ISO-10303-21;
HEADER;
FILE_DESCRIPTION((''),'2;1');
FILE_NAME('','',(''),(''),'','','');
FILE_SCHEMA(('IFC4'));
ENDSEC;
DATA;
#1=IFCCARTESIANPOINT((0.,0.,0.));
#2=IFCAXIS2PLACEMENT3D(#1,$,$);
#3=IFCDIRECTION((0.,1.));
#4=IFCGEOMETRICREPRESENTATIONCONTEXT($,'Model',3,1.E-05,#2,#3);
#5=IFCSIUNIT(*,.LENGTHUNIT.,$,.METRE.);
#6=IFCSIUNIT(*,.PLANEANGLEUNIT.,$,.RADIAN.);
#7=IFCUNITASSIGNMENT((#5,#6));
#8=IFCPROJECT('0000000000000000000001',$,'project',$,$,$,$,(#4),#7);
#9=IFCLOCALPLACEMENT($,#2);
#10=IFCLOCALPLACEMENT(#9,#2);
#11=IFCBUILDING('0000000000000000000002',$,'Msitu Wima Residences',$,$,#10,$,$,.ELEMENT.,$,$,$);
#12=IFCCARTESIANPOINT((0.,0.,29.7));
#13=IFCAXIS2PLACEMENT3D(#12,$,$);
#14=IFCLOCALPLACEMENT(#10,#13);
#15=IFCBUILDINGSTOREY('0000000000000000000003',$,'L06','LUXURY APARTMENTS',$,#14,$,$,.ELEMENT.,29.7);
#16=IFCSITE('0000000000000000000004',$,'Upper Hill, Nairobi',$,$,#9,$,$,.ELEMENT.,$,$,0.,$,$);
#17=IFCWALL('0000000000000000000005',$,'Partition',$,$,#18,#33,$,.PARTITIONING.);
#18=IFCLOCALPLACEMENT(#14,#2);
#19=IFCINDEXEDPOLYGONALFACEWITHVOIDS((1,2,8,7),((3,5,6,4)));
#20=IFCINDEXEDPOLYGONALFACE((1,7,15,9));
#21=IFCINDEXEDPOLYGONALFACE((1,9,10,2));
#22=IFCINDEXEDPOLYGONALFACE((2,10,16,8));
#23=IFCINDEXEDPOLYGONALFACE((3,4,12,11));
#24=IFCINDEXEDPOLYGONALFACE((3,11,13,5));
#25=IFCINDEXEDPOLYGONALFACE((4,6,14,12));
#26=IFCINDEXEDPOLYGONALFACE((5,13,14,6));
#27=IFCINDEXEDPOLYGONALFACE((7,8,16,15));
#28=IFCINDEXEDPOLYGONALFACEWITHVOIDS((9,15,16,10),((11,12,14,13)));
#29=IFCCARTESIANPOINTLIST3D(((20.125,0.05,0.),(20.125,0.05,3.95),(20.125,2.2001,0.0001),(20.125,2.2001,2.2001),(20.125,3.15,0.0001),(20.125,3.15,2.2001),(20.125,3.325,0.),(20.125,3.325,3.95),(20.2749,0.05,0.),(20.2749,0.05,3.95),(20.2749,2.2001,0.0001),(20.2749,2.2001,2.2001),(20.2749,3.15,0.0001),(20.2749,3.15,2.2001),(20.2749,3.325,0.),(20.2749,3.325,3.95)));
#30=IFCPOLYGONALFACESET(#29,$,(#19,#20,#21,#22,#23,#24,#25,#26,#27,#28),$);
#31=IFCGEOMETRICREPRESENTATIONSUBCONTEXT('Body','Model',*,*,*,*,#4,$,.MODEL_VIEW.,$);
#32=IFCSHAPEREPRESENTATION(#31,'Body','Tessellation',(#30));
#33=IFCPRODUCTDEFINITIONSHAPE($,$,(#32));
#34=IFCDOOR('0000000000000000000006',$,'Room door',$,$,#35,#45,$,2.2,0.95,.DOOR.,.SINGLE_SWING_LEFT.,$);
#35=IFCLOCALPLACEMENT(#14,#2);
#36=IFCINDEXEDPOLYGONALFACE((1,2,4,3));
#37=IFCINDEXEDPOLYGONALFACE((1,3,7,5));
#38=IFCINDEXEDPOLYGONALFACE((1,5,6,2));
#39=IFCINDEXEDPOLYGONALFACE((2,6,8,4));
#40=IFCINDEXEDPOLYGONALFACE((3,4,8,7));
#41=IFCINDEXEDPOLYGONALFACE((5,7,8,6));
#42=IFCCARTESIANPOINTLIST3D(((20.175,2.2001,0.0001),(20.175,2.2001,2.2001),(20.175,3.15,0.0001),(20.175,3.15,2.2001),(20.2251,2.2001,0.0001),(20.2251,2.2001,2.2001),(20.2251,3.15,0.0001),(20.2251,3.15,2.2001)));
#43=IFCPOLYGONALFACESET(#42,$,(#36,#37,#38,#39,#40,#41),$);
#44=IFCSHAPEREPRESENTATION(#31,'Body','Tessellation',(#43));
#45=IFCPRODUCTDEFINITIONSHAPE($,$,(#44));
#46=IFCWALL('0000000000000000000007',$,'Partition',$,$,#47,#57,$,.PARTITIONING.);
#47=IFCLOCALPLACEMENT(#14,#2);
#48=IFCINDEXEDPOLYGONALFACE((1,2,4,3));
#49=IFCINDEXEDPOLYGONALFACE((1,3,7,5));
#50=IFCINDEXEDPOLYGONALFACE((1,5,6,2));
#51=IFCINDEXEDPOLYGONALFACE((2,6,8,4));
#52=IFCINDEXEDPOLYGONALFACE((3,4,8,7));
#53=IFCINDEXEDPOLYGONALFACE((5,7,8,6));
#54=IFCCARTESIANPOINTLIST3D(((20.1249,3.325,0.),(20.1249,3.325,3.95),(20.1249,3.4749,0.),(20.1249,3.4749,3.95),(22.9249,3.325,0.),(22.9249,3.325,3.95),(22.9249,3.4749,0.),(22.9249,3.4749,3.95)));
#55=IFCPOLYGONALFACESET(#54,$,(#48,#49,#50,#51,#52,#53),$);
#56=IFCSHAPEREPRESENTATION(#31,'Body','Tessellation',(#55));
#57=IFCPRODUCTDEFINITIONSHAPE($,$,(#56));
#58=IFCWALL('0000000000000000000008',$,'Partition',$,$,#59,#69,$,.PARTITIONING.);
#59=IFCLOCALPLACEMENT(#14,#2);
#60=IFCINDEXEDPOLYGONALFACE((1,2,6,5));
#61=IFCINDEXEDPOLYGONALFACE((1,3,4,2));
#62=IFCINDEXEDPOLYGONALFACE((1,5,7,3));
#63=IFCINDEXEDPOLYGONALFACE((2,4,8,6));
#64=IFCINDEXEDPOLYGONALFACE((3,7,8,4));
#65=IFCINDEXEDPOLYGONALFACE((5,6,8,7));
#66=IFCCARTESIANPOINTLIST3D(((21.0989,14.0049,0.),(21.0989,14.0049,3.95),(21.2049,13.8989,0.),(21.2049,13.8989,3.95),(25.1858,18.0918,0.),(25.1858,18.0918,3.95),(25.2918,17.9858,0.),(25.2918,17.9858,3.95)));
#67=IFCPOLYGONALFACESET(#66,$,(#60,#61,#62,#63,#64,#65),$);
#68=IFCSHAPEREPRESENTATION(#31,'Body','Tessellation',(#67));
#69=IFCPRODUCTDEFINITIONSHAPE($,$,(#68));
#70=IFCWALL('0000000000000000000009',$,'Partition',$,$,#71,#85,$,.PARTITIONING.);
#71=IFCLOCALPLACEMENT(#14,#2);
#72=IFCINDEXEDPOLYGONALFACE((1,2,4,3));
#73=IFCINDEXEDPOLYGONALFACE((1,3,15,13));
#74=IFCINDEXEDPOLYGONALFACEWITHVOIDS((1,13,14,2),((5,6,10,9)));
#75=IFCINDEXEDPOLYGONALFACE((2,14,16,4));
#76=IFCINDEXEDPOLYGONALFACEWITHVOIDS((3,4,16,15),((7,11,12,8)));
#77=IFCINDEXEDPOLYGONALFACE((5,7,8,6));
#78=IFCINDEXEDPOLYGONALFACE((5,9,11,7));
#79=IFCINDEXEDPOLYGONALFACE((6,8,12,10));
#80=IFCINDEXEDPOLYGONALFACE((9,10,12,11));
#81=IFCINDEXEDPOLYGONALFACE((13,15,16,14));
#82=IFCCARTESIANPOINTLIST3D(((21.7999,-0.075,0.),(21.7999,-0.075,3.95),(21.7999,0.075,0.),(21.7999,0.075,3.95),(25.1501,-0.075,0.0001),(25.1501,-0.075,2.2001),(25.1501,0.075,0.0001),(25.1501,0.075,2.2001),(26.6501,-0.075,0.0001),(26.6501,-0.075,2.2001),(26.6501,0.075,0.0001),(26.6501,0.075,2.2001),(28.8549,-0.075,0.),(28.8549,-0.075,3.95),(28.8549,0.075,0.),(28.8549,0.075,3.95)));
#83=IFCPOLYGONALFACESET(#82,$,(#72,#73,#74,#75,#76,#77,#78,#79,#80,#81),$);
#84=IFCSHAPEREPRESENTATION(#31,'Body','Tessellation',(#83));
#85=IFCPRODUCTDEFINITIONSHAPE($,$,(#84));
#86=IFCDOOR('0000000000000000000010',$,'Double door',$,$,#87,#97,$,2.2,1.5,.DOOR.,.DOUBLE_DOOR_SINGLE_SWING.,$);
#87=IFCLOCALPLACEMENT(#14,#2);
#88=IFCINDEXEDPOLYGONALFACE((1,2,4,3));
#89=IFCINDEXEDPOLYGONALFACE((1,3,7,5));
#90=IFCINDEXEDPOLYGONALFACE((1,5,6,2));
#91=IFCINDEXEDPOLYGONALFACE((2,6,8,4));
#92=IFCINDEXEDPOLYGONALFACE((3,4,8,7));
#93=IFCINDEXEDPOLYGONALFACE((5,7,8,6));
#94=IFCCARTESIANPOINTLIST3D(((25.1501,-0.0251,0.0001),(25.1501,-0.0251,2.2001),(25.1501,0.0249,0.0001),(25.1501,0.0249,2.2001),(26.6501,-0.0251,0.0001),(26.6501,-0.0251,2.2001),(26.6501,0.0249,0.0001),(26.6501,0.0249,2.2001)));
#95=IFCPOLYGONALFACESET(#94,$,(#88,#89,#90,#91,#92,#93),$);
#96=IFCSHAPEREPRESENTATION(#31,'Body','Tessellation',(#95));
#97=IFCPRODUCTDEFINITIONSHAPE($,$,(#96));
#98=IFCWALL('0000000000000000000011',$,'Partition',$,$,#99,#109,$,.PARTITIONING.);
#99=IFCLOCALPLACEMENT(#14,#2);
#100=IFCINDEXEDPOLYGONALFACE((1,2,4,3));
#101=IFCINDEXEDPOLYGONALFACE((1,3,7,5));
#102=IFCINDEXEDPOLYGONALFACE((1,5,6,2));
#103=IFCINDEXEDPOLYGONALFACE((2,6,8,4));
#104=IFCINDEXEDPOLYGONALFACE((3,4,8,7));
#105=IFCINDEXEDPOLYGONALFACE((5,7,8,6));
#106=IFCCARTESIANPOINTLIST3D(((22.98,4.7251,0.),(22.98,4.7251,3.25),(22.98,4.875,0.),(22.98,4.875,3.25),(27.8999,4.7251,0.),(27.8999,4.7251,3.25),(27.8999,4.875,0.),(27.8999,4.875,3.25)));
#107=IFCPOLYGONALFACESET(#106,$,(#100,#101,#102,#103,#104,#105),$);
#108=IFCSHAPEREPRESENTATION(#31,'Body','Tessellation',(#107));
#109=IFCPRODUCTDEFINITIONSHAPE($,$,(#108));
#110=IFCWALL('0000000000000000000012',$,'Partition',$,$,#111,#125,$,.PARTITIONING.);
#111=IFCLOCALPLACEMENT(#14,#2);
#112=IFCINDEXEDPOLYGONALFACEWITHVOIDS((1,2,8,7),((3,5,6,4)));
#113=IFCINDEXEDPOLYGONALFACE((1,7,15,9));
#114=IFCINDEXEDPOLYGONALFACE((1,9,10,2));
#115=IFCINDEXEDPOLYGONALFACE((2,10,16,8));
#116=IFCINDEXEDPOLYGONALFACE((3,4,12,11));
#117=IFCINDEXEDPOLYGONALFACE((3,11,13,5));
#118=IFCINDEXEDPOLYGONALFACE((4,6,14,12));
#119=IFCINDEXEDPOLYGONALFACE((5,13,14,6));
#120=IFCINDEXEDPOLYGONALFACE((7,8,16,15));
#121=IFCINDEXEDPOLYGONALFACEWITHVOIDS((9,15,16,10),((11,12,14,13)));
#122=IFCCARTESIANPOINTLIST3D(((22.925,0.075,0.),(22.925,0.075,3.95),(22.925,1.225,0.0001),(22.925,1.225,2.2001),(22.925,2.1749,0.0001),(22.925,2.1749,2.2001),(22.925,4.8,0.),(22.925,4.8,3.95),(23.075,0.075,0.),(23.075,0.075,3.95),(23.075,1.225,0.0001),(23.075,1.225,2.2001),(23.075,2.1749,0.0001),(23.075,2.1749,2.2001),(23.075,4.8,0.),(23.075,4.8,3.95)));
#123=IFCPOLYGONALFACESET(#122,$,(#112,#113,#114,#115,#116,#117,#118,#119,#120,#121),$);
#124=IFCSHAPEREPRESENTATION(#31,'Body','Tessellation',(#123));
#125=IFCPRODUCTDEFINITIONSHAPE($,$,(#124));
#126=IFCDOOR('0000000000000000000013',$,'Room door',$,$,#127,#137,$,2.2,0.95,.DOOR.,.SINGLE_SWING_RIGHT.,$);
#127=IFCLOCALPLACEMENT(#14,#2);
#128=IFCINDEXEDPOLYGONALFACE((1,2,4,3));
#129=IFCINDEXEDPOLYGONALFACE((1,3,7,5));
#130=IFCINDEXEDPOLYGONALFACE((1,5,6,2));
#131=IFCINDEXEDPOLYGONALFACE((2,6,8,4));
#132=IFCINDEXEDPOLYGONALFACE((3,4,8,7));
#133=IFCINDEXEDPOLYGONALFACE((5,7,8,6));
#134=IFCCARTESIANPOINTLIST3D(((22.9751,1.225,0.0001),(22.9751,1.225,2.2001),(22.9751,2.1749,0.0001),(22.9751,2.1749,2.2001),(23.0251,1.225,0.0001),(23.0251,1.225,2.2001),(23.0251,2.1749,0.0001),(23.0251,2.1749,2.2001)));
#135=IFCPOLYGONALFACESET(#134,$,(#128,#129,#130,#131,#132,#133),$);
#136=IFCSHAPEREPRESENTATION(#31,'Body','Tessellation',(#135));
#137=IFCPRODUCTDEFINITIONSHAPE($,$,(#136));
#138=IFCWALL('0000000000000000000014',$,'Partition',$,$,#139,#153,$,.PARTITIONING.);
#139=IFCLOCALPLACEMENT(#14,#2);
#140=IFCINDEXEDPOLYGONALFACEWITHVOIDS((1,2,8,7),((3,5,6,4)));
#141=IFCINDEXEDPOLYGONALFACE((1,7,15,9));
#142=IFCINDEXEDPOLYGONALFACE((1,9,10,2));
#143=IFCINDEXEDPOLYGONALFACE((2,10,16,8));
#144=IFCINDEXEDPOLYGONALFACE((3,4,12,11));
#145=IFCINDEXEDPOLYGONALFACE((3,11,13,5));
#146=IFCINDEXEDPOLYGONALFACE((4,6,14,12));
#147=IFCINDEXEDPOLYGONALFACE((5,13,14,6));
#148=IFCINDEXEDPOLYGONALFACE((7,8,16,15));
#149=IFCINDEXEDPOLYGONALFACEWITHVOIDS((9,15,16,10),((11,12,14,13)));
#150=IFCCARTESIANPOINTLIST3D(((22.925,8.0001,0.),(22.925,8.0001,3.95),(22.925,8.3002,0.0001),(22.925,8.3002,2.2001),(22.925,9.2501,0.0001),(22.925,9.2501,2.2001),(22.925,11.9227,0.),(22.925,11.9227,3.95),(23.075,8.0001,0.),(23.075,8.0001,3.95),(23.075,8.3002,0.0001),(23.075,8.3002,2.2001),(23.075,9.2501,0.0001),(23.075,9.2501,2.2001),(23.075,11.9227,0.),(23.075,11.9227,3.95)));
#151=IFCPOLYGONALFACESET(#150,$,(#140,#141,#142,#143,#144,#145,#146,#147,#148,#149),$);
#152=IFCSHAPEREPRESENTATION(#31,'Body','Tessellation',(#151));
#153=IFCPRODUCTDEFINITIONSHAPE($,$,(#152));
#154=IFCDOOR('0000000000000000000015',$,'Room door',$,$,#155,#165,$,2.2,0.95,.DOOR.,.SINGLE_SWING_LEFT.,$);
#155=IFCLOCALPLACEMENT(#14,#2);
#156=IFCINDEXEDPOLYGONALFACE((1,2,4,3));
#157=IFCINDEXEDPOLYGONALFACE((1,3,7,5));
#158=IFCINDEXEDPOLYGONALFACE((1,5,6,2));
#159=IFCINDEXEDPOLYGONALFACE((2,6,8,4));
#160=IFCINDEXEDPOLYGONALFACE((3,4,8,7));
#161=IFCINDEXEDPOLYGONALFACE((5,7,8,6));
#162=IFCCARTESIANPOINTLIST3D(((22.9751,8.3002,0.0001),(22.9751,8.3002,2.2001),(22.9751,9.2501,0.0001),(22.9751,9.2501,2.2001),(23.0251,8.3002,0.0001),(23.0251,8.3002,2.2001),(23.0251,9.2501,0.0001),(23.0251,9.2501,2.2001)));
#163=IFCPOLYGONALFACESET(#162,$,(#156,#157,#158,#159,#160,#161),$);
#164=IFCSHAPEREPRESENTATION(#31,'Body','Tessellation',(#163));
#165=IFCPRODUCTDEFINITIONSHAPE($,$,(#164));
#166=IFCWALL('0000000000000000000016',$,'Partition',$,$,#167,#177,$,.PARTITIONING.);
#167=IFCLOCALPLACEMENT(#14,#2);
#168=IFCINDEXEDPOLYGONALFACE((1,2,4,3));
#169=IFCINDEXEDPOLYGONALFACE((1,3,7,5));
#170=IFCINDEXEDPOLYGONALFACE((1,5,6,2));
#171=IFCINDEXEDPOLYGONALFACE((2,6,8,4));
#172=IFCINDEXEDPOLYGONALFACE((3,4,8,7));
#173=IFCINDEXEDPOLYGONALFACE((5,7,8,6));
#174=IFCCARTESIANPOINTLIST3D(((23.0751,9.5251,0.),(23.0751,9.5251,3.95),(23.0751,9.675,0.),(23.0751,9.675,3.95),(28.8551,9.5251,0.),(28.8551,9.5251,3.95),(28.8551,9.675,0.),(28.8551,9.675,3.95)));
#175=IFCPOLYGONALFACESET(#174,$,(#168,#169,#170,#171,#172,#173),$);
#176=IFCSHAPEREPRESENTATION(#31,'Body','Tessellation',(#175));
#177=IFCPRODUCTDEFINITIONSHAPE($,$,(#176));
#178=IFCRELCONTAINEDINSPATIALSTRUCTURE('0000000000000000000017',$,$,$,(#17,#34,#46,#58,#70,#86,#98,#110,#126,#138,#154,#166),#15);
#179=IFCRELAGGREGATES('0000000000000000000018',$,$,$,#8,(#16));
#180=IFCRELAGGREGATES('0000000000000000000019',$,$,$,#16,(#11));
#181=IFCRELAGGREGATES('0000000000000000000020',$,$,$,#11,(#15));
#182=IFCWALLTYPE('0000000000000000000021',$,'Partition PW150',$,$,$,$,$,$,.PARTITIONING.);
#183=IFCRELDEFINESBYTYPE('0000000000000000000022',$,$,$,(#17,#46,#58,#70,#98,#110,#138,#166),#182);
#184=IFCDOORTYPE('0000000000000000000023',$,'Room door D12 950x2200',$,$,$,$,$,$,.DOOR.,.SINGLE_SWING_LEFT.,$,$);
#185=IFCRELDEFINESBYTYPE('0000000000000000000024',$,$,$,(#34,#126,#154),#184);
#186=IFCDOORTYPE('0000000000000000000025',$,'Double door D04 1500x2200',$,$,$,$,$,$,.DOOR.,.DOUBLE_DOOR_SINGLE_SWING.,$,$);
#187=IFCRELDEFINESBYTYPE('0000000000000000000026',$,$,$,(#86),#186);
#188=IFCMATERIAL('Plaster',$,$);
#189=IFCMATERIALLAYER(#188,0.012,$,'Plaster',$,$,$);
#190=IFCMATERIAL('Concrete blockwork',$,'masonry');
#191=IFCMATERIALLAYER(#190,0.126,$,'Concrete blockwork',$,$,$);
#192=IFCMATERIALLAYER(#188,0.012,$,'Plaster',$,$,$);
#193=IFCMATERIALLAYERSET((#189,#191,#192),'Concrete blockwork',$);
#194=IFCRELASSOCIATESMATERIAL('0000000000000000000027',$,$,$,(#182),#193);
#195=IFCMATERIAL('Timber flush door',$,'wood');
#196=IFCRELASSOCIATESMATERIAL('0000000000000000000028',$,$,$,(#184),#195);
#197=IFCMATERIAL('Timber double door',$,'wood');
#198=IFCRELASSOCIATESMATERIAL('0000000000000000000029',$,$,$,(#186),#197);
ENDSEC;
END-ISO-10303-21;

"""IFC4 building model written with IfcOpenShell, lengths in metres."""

from ifc_helpers import new_model, si_unit, direction, frame, frame_2d, origin, place, context, subcontext, project, spatial, rectangle, extrude, material, layer, layer_set, type_object, element, fill, save


model = new_model("IFC4")

# Units and contexts
model_context = context("Model", 3, precision=1e-05, world=origin(), true_north=direction((0.0, 1.0)))
body_context = subcontext(model_context, "Body", "Model", "MODEL_VIEW")
ifc_project = project(units=[si_unit("LENGTHUNIT", "METRE"), si_unit("PLANEANGLEUNIT", "RADIAN")], contexts=[model_context])

# Site, building, storey
site_placement = place(None, origin())
site = spatial("IfcSite", under=ifc_project, at=site_placement, Name="Upper Hill, Nairobi", CompositionType="ELEMENT", RefElevation=0.0)
building_placement = place(site_placement, origin())
building = spatial("IfcBuilding", under=site, at=building_placement, Name="Msitu Wima Residences", CompositionType="ELEMENT")
storey_placement = place(building_placement, frame((0.0, 0.0, 29.7)))
storey = spatial("IfcBuildingStorey", under=building, at=storey_placement, Name="L06", Description="LUXURY APARTMENTS", CompositionType="ELEMENT", Elevation=29.7)

# Wall, opening, door
ifc_material_1 = material(Name="Plaster")
ifc_layer_1 = layer(ifc_material_1, 0.012, Name="Plaster")
ifc_material_2 = material(Name="Concrete blockwork", Category="masonry")
ifc_layer_2 = layer(ifc_material_2, 0.126, Name="Concrete blockwork")
ifc_layer_3 = layer(ifc_material_1, 0.012, Name="Plaster")
ifc_layer_set_1 = layer_set([ifc_layer_1, ifc_layer_2, ifc_layer_3], Name="Concrete blockwork")
wall_type_1 = type_object("IfcWallType", Name="Partition PW150", PredefinedType="PARTITIONING", material=ifc_layer_set_1)
wall_1_placement = place(storey_placement, frame((20.2, 0.05, 0.0), z_axis=(0.0, 0.0, 1.0), x_axis=(0.0, 1.0, 0.0)))
wall_1 = element("IfcWall", 1, at=wall_1_placement, inside=storey, type_object=wall_type_1, Name="Partition", PredefinedType="PARTITIONING", context=body_context, shape_type="SweptSolid", body=[
    extrude(rectangle(XDim=3.2749, YDim=0.1499, at=frame_2d((1.6375, 0.0))), origin(), (0.0, 0.0, 1.0), 3.95),
])
opening_1_placement = place(wall_1_placement, frame((2.1499, 0.0, 0.0)))
opening_1 = element("IfcOpeningElement", 2, at=opening_1_placement, cuts=wall_1, PredefinedType="OPENING", context=body_context, shape_type="SweptSolid", body=[
    extrude(rectangle(XDim=0.95, YDim=2.2, at=frame_2d((0.4751, 1.1001))), frame((0.0, 0.085, 0.0), z_axis=(0.0, -1.0, 0.0), x_axis=(1.0, 0.0, 0.0)), (0.0, 0.0, 1.0), 0.1699),
])
ifc_material_3 = material(Name="Timber flush door", Category="wood")
door_type_1 = type_object("IfcDoorType", Name="Room door D12 950x2200", OperationType="SINGLE_SWING_LEFT", PredefinedType="DOOR", material=ifc_material_3)
door_1_placement = place(opening_1_placement, origin())
door_1 = element("IfcDoor", 3, at=door_1_placement, inside=storey, type_object=door_type_1, Name="Room door", OperationType="SINGLE_SWING_LEFT", OverallHeight=2.2, OverallWidth=0.95, PredefinedType="DOOR", context=body_context, shape_type="SweptSolid", body=[
    extrude(rectangle(XDim=0.95, YDim=2.2, at=frame_2d((0.4751, 1.1001))), frame((0.0, 0.0249, 0.0), z_axis=(0.0, -1.0, 0.0), x_axis=(1.0, 0.0, 0.0)), (0.0, 0.0, 1.0), 0.05),
])
fill(opening_1, door_1)

# Walls
wall_2_placement = place(storey_placement, frame((20.125, 3.3999, 0.0), z_axis=(0.0, 0.0, 1.0), x_axis=(1.0, 0.0, 0.0)))
element("IfcWall", 4, at=wall_2_placement, inside=storey, type_object=wall_type_1, Name="Partition", PredefinedType="PARTITIONING", context=body_context, shape_type="SweptSolid", body=[
    extrude(rectangle(XDim=2.8, YDim=0.1499, at=frame_2d((1.3999, 0.0))), origin(), (0.0, 0.0, 1.0), 3.95),
])
wall_3_placement = place(storey_placement, frame((21.1519, 13.9519, 0.0), z_axis=(0.0, 0.0, 1.0), x_axis=(0.707107, 0.707107, 0.0)))
element("IfcWall", 5, at=wall_3_placement, inside=storey, type_object=wall_type_1, Name="Partition", PredefinedType="PARTITIONING", context=body_context, shape_type="SweptSolid", body=[
    extrude(rectangle(XDim=5.7798, YDim=0.1499, at=frame_2d((2.8899, 0.0))), origin(), (0.0, 0.0, 1.0), 3.95),
])

# Wall, opening, door
wall_4_placement = place(storey_placement, frame((21.8, 0.0, 0.0), z_axis=(0.0, 0.0, 1.0), x_axis=(1.0, 0.0, 0.0)))
wall_4 = element("IfcWall", 6, at=wall_4_placement, inside=storey, type_object=wall_type_1, Name="Partition", PredefinedType="PARTITIONING", context=body_context, shape_type="SweptSolid", body=[
    extrude(rectangle(XDim=7.0549, YDim=0.1499, at=frame_2d((3.5273, 0.0))), origin(), (0.0, 0.0, 1.0), 3.95),
])
opening_2_placement = place(wall_4_placement, frame((3.3501, 0.0, 0.0)))
opening_2 = element("IfcOpeningElement", 7, at=opening_2_placement, cuts=wall_4, PredefinedType="OPENING", context=body_context, shape_type="SweptSolid", body=[
    extrude(rectangle(XDim=1.5, YDim=2.2, at=frame_2d((0.75, 1.1001))), frame((0.0, 0.085, 0.0), z_axis=(0.0, -1.0, 0.0), x_axis=(1.0, 0.0, 0.0)), (0.0, 0.0, 1.0), 0.1699),
])
ifc_material_4 = material(Name="Timber double door", Category="wood")
door_type_2 = type_object("IfcDoorType", Name="Double door D04 1500x2200", OperationType="DOUBLE_DOOR_SINGLE_SWING", PredefinedType="DOOR", material=ifc_material_4)
door_2_placement = place(opening_2_placement, origin())
door_2 = element("IfcDoor", 8, at=door_2_placement, inside=storey, type_object=door_type_2, Name="Double door", OperationType="DOUBLE_DOOR_SINGLE_SWING", OverallHeight=2.2, OverallWidth=1.5, PredefinedType="DOOR", context=body_context, shape_type="SweptSolid", body=[
    extrude(rectangle(XDim=1.5, YDim=2.2, at=frame_2d((0.75, 1.1001))), frame((0.0, 0.0249, 0.0), z_axis=(0.0, -1.0, 0.0), x_axis=(1.0, 0.0, 0.0)), (0.0, 0.0, 1.0), 0.05),
])
fill(opening_2, door_2)

# Wall
wall_5_placement = place(storey_placement, frame((22.98, 4.8, 0.0), z_axis=(0.0, 0.0, 1.0), x_axis=(1.0, 0.0, 0.0)))
element("IfcWall", 9, at=wall_5_placement, inside=storey, type_object=wall_type_1, Name="Partition", PredefinedType="PARTITIONING", context=body_context, shape_type="SweptSolid", body=[
    extrude(rectangle(XDim=4.9199, YDim=0.1499, at=frame_2d((2.46, 0.0))), origin(), (0.0, 0.0, 1.0), 3.25),
])

# Walls, openings, doors
wall_6_placement = place(storey_placement, frame((23.0, 0.075, 0.0), z_axis=(0.0, 0.0, 1.0), x_axis=(0.0, 1.0, 0.0)))
wall_6 = element("IfcWall", 10, at=wall_6_placement, inside=storey, type_object=wall_type_1, Name="Partition", PredefinedType="PARTITIONING", context=body_context, shape_type="SweptSolid", body=[
    extrude(rectangle(XDim=4.7251, YDim=0.1499, at=frame_2d((2.3625, 0.0))), origin(), (0.0, 0.0, 1.0), 3.95),
])
opening_3_placement = place(wall_6_placement, frame((1.1499, 0.0, 0.0)))
opening_3 = element("IfcOpeningElement", 11, at=opening_3_placement, cuts=wall_6, PredefinedType="OPENING", context=body_context, shape_type="SweptSolid", body=[
    extrude(rectangle(XDim=0.95, YDim=2.2, at=frame_2d((0.4751, 1.1001))), frame((0.0, 0.085, 0.0), z_axis=(0.0, -1.0, 0.0), x_axis=(1.0, 0.0, 0.0)), (0.0, 0.0, 1.0), 0.1699),
])
door_3_placement = place(opening_3_placement, origin())
door_3 = element("IfcDoor", 12, at=door_3_placement, inside=storey, type_object=door_type_1, Name="Room door", OperationType="SINGLE_SWING_RIGHT", OverallHeight=2.2, OverallWidth=0.95, PredefinedType="DOOR", context=body_context, shape_type="SweptSolid", body=[
    extrude(rectangle(XDim=0.95, YDim=2.2, at=frame_2d((0.4751, 1.1001))), frame((0.0, 0.0249, 0.0), z_axis=(0.0, -1.0, 0.0), x_axis=(1.0, 0.0, 0.0)), (0.0, 0.0, 1.0), 0.05),
])
fill(opening_3, door_3)
wall_7_placement = place(storey_placement, frame((23.0, 8.0, 0.0), z_axis=(0.0, 0.0, 1.0), x_axis=(0.0, 1.0, 0.0)))
wall_7 = element("IfcWall", 13, at=wall_7_placement, inside=storey, type_object=wall_type_1, Name="Partition", PredefinedType="PARTITIONING", context=body_context, shape_type="SweptSolid", body=[
    extrude(rectangle(XDim=3.9226, YDim=0.1499, at=frame_2d((1.9614, 0.0))), origin(), (0.0, 0.0, 1.0), 3.95),
])
opening_4_placement = place(wall_7_placement, frame((0.3, 0.0, 0.0)))
opening_4 = element("IfcOpeningElement", 14, at=opening_4_placement, cuts=wall_7, PredefinedType="OPENING", context=body_context, shape_type="SweptSolid", body=[
    extrude(rectangle(XDim=0.95, YDim=2.2, at=frame_2d((0.4751, 1.1001))), frame((0.0, 0.085, 0.0), z_axis=(0.0, -1.0, 0.0), x_axis=(1.0, 0.0, 0.0)), (0.0, 0.0, 1.0), 0.1699),
])
door_4_placement = place(opening_4_placement, origin())
door_4 = element("IfcDoor", 15, at=door_4_placement, inside=storey, type_object=door_type_1, Name="Room door", OperationType="SINGLE_SWING_LEFT", OverallHeight=2.2, OverallWidth=0.95, PredefinedType="DOOR", context=body_context, shape_type="SweptSolid", body=[
    extrude(rectangle(XDim=0.95, YDim=2.2, at=frame_2d((0.4751, 1.1001))), frame((0.0, 0.0249, 0.0), z_axis=(0.0, -1.0, 0.0), x_axis=(1.0, 0.0, 0.0)), (0.0, 0.0, 1.0), 0.05),
])
fill(opening_4, door_4)

# Wall
wall_8_placement = place(storey_placement, frame((23.075, 9.6001, 0.0), z_axis=(0.0, 0.0, 1.0), x_axis=(1.0, 0.0, 0.0)))
element("IfcWall", 16, at=wall_8_placement, inside=storey, type_object=wall_type_1, Name="Partition", PredefinedType="PARTITIONING", context=body_context, shape_type="SweptSolid", body=[
    extrude(rectangle(XDim=5.78, YDim=0.1499, at=frame_2d((2.8901, 0.0))), origin(), (0.0, 0.0, 1.0), 3.95),
])

save(model, "model.ifc")
